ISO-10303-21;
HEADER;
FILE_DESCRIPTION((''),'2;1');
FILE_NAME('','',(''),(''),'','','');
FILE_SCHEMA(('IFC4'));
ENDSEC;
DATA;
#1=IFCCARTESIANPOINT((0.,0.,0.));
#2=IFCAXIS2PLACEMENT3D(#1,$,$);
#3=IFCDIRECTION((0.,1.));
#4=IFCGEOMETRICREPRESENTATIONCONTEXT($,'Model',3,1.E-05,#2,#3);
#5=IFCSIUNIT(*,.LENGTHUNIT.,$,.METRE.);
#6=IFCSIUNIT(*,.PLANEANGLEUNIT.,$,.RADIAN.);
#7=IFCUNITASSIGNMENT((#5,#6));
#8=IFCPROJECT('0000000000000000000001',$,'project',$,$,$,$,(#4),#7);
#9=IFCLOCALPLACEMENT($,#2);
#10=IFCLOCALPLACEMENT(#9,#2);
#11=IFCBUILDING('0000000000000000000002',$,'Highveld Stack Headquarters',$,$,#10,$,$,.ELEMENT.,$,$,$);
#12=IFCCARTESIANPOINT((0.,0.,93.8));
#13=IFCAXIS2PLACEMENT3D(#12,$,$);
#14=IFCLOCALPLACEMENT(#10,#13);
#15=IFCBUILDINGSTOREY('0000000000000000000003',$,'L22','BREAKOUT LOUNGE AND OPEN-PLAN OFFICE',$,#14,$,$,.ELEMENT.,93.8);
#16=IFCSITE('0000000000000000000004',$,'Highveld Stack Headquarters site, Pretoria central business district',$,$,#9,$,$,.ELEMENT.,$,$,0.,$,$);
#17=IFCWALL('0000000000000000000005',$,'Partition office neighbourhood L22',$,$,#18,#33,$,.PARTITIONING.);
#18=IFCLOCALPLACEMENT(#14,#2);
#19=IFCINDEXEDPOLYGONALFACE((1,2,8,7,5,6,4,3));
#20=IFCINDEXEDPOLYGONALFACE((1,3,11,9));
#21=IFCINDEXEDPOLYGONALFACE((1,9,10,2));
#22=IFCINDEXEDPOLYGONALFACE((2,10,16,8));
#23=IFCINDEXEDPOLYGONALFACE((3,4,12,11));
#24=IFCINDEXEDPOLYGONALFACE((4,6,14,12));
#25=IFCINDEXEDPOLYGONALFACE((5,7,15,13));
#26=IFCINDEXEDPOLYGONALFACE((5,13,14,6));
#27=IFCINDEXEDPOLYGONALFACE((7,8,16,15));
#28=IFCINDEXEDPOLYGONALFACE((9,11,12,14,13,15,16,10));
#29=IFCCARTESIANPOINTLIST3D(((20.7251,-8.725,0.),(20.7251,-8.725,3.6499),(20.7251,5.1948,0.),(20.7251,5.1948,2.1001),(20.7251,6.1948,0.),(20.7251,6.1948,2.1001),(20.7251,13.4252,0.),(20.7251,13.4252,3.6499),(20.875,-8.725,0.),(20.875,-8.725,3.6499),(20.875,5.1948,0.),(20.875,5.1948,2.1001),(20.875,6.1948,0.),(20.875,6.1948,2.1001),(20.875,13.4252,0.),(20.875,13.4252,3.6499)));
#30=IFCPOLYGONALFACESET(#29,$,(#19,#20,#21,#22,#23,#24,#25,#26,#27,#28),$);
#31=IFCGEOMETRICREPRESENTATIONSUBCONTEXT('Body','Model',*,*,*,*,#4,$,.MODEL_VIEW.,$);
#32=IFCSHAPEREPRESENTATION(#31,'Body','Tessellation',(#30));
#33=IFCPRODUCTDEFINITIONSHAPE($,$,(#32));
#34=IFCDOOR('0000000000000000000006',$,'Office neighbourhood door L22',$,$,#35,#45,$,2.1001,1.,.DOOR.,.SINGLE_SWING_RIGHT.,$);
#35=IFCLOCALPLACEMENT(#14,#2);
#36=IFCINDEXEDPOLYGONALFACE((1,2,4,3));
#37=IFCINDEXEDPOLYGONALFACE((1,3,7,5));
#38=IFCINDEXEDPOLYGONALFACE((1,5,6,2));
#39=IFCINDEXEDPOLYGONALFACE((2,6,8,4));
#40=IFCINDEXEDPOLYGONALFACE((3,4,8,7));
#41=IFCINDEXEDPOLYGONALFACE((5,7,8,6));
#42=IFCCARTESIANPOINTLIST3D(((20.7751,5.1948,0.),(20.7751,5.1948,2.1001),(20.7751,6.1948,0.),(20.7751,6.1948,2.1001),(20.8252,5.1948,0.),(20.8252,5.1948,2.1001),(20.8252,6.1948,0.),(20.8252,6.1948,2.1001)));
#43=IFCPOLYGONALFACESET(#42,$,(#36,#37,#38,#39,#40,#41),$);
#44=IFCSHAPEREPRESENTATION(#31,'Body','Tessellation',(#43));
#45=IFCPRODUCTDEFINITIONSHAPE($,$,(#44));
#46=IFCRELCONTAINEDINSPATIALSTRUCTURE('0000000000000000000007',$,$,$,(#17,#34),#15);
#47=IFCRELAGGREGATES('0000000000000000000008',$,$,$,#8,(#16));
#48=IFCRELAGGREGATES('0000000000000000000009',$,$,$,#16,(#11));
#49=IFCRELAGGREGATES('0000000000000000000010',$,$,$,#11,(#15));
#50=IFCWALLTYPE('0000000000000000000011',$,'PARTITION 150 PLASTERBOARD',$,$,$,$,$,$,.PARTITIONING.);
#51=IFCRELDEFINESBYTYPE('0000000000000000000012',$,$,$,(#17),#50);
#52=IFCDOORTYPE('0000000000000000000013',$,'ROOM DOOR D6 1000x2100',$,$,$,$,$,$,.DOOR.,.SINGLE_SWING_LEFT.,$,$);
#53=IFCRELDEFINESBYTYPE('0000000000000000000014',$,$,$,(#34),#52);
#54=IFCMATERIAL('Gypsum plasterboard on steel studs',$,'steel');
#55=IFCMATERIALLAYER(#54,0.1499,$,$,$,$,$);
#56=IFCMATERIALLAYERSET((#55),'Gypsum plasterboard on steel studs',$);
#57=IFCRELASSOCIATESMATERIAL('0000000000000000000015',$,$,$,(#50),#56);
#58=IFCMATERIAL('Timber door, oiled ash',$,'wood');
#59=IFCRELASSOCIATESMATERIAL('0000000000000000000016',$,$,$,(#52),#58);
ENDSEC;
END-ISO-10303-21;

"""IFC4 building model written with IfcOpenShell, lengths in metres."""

from ifc_helpers import new_model, si_unit, direction, frame, frame_2d, origin, place, context, subcontext, project, spatial, rectangle, extrude, material, layer, layer_set, type_object, element, fill, save


model = new_model("IFC4")

# Units and contexts
model_context = context("Model", 3, precision=1e-05, world=origin(), true_north=direction((0.0, 1.0)))
body_context = subcontext(model_context, "Body", "Model", "MODEL_VIEW")
ifc_project = project(units=[si_unit("LENGTHUNIT", "METRE"), si_unit("PLANEANGLEUNIT", "RADIAN")], contexts=[model_context])

# Site, building, storey
site_placement = place(None, origin())
site = spatial("IfcSite", under=ifc_project, at=site_placement, Name="Highveld Stack Headquarters site, Pretoria central business district", CompositionType="ELEMENT", RefElevation=0.0)
building_placement = place(site_placement, origin())
building = spatial("IfcBuilding", under=site, at=building_placement, Name="Highveld Stack Headquarters", CompositionType="ELEMENT")
storey_placement = place(building_placement, frame((0.0, 0.0, 93.8)))
storey = spatial("IfcBuildingStorey", under=building, at=storey_placement, Name="L22", Description="BREAKOUT LOUNGE AND OPEN-PLAN OFFICE", CompositionType="ELEMENT", Elevation=93.8)

# Shared definitions
ifc_material_1 = material(Name="Gypsum plasterboard on steel studs", Category="steel")
ifc_layer_1 = layer(ifc_material_1, 0.1499)
ifc_layer_set_1 = layer_set([ifc_layer_1], Name="Gypsum plasterboard on steel studs")
wall_type_1 = type_object("IfcWallType", Name="PARTITION 150 PLASTERBOARD", PredefinedType="PARTITIONING", material=ifc_layer_set_1)

# Wall, opening, door
wall_1_placement = place(storey_placement, frame((20.8, -8.7251, 0.0), z_axis=(0.0, 0.0, 1.0), x_axis=(0.0, 1.0, 0.0)))
wall_1 = element("IfcWall", 1, at=wall_1_placement, inside=storey, type_object=wall_type_1, Name="Partition office neighbourhood L22", PredefinedType="PARTITIONING", context=body_context, shape_type="SweptSolid", body=[
    extrude(rectangle(XDim=22.1501, YDim=0.1499, at=frame_2d((11.0752, 0.0))), origin(), (0.0, 0.0, 1.0), 3.6499),
])
opening_1_placement = place(wall_1_placement, frame((13.9199, 0.0, 0.0)))
opening_1 = element("IfcOpeningElement", 2, at=opening_1_placement, cuts=wall_1, PredefinedType="OPENING", context=body_context, shape_type="SweptSolid", body=[
    extrude(rectangle(XDim=1.0, YDim=2.1001, at=frame_2d((0.5, 1.05))), frame((0.0, 0.085, 0.0), z_axis=(0.0, -1.0, 0.0), x_axis=(1.0, 0.0, 0.0)), (0.0, 0.0, 1.0), 0.1699),
])
ifc_material_2 = material(Name="Timber door, oiled ash", Category="wood")
door_type_1 = type_object("IfcDoorType", Name="ROOM DOOR D6 1000x2100", OperationType="SINGLE_SWING_LEFT", PredefinedType="DOOR", material=ifc_material_2)
door_1_placement = place(opening_1_placement, origin())
door_1 = element("IfcDoor", 3, at=door_1_placement, inside=storey, type_object=door_type_1, Name="Office neighbourhood door L22", OperationType="SINGLE_SWING_RIGHT", OverallHeight=2.1001, OverallWidth=1.0, PredefinedType="DOOR", context=body_context, shape_type="SweptSolid", body=[
    extrude(rectangle(XDim=1.0, YDim=2.1001, at=frame_2d((0.5, 1.05))), frame((0.0, 0.0249, 0.0), z_axis=(0.0, -1.0, 0.0), x_axis=(1.0, 0.0, 0.0)), (0.0, 0.0, 1.0), 0.05),
])
fill(opening_1, door_1)

save(model, "model.ifc")
